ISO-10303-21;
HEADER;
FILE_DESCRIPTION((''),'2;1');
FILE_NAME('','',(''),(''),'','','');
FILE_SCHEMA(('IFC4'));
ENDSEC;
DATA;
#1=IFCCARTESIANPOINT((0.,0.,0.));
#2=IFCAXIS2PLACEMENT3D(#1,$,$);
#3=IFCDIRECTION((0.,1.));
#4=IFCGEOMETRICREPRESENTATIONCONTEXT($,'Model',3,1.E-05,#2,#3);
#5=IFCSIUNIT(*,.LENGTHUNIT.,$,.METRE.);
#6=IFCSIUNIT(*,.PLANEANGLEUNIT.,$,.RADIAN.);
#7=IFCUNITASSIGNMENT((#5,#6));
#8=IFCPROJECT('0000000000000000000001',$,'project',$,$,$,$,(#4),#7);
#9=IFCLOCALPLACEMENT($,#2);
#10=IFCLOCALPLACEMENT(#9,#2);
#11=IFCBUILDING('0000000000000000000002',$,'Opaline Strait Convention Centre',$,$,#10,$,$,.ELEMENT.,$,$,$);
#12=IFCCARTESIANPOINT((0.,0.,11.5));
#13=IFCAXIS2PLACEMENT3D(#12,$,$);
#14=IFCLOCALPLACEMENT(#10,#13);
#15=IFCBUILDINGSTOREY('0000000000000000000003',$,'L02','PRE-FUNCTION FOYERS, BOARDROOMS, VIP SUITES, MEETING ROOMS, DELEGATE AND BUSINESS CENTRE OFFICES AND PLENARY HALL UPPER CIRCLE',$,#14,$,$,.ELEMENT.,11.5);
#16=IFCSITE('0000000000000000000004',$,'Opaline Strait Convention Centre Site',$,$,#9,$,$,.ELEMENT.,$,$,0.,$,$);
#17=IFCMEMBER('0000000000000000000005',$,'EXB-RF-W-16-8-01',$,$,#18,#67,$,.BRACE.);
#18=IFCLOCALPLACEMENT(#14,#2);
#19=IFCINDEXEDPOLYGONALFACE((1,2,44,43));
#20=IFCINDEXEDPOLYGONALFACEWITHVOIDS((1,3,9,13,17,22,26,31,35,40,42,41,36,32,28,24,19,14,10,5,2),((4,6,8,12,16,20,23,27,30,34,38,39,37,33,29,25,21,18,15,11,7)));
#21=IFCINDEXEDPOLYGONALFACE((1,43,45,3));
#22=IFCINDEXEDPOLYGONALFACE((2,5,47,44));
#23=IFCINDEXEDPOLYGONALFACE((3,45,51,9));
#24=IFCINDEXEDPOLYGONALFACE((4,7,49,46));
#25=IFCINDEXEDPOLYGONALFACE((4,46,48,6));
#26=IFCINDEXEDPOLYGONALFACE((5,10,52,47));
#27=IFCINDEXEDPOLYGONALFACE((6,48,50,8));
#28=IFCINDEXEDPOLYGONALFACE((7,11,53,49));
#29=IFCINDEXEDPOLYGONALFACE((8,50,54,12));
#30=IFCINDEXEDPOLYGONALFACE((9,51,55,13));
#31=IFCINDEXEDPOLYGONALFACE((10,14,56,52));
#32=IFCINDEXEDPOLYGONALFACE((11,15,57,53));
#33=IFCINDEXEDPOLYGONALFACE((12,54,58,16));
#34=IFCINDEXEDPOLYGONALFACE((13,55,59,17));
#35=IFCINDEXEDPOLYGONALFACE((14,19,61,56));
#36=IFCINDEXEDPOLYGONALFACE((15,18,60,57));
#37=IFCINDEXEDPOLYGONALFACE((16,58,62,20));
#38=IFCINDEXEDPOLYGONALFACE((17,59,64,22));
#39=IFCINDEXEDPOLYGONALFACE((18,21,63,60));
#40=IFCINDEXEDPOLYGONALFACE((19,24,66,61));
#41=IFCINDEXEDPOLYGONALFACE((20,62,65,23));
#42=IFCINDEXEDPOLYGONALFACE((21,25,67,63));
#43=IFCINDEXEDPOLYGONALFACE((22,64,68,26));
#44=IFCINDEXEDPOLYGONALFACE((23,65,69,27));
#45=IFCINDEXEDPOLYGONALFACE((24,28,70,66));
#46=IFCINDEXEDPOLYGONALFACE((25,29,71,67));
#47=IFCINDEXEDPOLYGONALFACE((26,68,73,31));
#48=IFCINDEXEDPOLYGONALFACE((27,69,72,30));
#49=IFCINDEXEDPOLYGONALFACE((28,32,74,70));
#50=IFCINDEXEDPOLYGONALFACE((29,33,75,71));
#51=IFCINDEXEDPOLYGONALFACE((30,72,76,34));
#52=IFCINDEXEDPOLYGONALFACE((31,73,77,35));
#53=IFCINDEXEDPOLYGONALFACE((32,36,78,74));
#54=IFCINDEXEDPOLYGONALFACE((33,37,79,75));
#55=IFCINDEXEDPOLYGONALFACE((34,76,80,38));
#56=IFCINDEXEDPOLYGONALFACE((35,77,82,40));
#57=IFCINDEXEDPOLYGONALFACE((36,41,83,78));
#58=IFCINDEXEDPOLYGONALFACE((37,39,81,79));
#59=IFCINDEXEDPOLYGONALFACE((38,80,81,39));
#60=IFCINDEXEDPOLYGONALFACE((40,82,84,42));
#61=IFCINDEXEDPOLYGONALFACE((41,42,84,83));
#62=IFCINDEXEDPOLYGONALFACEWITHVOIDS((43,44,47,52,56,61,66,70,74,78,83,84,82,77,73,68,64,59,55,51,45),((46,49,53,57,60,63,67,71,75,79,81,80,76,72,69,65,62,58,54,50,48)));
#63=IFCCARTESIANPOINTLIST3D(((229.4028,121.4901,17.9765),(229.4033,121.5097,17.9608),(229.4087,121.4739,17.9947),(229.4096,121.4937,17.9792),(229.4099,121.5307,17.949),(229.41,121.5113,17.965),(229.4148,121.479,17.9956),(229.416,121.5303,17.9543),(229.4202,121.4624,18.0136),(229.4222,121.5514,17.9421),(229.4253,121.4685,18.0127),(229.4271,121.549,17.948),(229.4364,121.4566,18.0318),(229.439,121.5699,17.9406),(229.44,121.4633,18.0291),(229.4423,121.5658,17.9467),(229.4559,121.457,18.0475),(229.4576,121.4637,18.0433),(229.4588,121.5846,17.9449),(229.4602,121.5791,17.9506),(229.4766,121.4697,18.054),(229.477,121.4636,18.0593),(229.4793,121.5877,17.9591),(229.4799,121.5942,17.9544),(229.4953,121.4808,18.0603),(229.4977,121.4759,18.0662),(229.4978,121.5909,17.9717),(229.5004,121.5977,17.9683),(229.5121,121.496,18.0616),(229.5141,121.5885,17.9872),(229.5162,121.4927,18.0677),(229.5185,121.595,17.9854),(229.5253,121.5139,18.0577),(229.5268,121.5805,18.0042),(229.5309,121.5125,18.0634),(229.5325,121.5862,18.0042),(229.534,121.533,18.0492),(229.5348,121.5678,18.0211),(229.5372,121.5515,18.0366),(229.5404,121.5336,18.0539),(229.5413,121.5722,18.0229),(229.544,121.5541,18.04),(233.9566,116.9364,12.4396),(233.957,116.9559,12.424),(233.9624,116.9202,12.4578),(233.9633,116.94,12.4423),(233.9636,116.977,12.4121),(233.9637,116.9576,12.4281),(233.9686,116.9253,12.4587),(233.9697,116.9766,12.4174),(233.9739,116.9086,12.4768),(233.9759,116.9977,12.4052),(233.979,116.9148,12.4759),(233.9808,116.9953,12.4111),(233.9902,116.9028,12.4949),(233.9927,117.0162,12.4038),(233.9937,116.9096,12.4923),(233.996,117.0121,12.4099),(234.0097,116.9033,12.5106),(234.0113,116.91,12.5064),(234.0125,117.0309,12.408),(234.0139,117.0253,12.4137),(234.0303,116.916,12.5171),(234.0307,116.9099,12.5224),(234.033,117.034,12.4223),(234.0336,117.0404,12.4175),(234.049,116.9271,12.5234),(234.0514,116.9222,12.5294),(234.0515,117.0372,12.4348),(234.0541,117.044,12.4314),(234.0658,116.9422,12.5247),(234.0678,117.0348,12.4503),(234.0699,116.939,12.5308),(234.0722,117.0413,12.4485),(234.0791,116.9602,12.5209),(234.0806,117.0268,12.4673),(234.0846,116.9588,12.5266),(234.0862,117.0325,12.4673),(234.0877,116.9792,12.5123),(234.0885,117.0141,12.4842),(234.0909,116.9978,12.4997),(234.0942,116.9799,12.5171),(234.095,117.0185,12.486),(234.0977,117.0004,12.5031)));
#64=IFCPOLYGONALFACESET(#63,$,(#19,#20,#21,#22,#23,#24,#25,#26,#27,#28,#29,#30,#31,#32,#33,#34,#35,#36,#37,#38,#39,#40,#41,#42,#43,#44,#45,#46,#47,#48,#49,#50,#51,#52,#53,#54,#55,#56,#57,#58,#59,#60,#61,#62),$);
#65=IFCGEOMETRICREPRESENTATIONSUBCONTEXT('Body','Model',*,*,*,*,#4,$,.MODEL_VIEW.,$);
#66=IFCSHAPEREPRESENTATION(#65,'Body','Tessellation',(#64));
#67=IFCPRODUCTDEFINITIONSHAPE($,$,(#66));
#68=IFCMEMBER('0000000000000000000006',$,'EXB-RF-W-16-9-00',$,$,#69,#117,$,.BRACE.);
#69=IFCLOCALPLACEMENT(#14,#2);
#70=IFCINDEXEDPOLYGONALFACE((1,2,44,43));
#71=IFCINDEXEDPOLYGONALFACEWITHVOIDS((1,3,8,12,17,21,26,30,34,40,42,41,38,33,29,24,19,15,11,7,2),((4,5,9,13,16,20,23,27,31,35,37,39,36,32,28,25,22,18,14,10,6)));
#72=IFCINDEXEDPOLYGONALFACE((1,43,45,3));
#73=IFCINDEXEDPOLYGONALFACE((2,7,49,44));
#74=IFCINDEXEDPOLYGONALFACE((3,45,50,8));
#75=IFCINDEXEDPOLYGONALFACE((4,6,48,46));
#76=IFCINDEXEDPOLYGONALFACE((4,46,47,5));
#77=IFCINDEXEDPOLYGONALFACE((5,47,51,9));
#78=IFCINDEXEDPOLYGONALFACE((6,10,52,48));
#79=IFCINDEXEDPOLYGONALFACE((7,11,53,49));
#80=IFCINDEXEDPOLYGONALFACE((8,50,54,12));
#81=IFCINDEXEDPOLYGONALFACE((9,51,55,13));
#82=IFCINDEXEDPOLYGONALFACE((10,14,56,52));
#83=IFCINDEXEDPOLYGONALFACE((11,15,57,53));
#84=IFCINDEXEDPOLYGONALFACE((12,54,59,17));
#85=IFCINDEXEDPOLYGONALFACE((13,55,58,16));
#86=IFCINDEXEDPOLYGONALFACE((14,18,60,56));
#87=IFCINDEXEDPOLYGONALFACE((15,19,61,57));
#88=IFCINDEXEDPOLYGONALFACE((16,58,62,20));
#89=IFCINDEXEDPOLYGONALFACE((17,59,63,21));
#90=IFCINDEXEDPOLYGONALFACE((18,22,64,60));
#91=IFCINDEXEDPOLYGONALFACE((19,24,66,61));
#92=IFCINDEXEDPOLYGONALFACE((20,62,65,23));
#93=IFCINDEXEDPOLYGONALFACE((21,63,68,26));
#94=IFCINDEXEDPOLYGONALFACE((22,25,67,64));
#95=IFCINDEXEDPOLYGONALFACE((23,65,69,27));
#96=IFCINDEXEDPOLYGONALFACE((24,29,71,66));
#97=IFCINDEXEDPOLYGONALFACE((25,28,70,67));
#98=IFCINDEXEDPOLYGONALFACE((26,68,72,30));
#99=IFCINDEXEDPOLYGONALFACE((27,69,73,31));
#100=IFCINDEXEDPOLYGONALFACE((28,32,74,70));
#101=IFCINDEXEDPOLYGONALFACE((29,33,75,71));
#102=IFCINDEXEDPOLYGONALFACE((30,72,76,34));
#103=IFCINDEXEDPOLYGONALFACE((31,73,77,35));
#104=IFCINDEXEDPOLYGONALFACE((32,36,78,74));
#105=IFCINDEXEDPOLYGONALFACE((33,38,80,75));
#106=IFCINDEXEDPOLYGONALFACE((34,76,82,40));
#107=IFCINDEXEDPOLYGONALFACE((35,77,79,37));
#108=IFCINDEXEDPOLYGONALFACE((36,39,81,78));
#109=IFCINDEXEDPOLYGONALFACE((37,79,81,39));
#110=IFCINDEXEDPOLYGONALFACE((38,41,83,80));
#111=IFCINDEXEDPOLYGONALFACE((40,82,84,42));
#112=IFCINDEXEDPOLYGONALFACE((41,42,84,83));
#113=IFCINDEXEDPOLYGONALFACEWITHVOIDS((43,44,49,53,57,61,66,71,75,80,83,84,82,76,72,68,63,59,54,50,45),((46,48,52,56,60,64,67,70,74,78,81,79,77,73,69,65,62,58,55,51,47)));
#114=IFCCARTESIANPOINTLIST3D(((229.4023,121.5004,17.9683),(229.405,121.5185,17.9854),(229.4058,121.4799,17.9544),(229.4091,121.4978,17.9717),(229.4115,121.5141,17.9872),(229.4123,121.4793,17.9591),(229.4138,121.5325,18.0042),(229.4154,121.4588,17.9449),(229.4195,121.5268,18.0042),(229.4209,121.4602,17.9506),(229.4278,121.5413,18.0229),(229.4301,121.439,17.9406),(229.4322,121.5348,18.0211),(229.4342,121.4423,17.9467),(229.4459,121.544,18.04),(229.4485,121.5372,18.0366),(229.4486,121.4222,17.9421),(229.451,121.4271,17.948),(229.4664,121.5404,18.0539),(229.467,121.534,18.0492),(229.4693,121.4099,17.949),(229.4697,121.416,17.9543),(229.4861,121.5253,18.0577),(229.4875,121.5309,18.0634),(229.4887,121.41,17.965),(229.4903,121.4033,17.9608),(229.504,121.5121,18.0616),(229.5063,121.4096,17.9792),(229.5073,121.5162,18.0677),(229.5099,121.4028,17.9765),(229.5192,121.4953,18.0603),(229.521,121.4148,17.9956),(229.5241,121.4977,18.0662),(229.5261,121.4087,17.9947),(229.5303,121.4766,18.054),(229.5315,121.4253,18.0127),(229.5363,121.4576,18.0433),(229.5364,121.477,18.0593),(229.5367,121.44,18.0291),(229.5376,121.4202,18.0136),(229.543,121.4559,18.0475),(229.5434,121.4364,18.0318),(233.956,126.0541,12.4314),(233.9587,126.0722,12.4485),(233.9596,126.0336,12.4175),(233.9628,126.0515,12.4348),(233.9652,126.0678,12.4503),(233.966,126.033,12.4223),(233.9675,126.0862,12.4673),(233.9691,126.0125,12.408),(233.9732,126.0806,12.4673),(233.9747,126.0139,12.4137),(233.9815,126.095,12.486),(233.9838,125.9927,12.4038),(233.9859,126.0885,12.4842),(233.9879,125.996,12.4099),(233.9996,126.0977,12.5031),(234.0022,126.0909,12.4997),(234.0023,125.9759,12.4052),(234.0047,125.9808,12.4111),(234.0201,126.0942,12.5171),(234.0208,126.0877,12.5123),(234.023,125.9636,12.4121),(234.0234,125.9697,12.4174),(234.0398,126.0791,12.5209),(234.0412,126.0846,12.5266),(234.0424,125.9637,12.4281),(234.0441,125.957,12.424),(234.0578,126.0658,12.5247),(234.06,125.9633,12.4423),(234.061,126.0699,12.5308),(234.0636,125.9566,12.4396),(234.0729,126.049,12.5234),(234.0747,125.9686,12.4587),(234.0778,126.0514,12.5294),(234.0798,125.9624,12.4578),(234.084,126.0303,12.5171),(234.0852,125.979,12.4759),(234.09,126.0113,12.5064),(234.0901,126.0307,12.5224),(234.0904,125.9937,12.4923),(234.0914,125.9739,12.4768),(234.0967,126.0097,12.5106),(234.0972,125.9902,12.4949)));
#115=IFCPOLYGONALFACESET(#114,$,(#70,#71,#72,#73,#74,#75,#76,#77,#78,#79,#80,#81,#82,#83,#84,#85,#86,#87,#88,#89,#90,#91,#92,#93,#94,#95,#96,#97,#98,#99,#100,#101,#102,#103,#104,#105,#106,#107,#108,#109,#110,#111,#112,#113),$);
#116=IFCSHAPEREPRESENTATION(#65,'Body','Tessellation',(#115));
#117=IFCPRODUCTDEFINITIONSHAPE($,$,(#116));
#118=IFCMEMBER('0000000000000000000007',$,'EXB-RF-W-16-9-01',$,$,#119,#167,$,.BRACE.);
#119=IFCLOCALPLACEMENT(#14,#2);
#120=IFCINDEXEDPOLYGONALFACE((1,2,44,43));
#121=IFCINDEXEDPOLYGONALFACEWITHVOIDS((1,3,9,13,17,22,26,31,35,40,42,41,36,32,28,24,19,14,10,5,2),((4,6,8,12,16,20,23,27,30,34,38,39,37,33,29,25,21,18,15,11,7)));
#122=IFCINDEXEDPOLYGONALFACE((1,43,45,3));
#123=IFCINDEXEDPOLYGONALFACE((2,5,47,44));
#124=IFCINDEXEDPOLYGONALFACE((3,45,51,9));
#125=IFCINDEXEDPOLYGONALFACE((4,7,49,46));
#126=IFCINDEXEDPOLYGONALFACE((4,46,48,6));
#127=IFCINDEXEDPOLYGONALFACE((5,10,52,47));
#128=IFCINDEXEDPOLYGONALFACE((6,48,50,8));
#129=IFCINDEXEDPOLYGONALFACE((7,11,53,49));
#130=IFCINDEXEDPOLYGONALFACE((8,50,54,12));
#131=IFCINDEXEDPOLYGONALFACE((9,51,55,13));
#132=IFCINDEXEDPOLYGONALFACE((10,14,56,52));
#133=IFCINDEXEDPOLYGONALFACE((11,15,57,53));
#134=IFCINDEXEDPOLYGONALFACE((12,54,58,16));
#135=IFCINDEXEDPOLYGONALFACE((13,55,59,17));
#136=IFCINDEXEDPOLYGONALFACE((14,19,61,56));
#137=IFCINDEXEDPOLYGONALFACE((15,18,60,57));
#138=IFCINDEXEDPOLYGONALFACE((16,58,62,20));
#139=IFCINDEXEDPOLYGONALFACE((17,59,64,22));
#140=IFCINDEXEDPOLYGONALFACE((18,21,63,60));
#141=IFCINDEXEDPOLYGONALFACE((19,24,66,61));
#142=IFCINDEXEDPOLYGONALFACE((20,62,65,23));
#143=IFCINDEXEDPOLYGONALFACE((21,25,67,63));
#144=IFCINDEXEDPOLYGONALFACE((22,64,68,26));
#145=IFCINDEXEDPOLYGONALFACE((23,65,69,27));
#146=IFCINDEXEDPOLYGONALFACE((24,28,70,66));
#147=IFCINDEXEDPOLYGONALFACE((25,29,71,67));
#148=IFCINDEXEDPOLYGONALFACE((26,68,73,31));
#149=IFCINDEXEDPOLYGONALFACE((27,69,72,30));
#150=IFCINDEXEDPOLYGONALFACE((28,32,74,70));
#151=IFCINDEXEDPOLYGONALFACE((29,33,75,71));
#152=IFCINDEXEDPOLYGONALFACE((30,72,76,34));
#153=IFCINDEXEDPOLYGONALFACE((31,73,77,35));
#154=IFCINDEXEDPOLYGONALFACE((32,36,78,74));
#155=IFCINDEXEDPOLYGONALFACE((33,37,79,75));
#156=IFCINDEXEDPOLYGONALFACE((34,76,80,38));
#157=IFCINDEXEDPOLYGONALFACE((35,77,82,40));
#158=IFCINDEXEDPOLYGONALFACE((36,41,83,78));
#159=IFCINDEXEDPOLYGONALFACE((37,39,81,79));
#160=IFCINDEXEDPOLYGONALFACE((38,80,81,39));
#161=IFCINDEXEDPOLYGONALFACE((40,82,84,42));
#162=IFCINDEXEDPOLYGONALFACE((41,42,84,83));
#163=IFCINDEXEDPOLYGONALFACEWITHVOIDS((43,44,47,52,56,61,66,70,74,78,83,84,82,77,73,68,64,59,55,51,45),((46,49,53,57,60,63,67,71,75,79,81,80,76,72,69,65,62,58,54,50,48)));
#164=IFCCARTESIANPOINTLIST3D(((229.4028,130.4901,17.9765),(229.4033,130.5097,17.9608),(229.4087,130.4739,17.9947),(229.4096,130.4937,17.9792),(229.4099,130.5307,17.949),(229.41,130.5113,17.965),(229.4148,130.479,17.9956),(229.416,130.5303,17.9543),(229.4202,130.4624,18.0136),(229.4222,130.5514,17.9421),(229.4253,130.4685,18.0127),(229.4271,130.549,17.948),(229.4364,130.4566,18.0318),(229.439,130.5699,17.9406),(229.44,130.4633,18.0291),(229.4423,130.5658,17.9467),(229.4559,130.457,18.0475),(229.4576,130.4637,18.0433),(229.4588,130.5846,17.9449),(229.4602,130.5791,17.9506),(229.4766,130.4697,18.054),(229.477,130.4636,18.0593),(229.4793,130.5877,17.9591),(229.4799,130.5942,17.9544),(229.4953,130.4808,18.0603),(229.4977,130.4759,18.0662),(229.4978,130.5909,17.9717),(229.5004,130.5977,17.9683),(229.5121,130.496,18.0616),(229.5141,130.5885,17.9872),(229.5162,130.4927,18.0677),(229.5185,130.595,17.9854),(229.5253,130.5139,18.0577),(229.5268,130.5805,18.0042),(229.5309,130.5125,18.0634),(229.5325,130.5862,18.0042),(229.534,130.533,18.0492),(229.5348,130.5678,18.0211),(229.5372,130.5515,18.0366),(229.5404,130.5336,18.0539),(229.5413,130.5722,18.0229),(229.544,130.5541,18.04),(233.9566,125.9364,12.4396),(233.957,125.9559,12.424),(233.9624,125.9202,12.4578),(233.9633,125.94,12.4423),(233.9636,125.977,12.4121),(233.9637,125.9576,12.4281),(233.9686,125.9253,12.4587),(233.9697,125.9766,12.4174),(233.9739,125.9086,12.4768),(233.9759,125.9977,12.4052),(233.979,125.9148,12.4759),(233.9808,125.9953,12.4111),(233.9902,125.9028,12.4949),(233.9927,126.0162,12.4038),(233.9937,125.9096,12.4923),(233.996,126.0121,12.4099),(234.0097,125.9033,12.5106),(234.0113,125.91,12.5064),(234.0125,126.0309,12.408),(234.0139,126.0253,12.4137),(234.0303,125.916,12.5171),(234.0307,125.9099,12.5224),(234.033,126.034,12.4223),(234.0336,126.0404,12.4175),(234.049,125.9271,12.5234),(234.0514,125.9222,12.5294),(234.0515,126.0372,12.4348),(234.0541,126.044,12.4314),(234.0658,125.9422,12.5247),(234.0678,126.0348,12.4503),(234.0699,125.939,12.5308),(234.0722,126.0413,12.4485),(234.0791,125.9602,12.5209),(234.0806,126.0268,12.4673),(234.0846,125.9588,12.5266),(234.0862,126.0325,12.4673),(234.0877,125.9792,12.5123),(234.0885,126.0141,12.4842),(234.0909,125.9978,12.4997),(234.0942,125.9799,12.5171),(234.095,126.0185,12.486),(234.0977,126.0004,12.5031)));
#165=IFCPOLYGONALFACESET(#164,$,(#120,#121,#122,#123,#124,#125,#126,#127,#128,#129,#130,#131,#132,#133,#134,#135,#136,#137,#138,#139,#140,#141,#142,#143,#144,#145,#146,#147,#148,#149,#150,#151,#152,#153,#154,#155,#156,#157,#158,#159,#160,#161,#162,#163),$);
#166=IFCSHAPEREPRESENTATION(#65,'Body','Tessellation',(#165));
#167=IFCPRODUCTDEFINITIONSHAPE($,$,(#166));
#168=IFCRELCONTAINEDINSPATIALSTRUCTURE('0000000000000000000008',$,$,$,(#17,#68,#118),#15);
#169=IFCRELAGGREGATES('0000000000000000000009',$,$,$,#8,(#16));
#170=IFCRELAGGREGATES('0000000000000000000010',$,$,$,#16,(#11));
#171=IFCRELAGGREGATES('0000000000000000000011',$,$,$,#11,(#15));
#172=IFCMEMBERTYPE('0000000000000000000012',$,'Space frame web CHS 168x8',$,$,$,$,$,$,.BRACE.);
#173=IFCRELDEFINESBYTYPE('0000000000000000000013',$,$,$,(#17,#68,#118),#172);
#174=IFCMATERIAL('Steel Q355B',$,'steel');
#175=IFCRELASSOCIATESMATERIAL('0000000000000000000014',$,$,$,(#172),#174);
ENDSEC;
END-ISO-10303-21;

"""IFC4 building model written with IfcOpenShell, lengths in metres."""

from ifc_helpers import new_model, si_unit, direction, frame, origin, origin_2d, place, context, subcontext, project, spatial, hollow_circle, extrude, material, material_profile, profile_set, type_object, element, save


model = new_model("IFC4")

# Units and contexts
model_context = context("Model", 3, precision=1e-05, world=origin(), true_north=direction((0.0, 1.0)))
body_context = subcontext(model_context, "Body", "Model", "MODEL_VIEW")
ifc_project = project(units=[si_unit("LENGTHUNIT", "METRE"), si_unit("PLANEANGLEUNIT", "RADIAN")], contexts=[model_context])

# Site, building, storey
site_placement = place(None, origin())
site = spatial("IfcSite", under=ifc_project, at=site_placement, Name="Opaline Strait Convention Centre Site", CompositionType="ELEMENT", RefElevation=0.0)
building_placement = place(site_placement, origin())
building = spatial("IfcBuilding", under=site, at=building_placement, Name="Opaline Strait Convention Centre", CompositionType="ELEMENT")
storey_placement = place(building_placement, frame((0.0, 0.0, 11.5)))
storey = spatial("IfcBuildingStorey", under=building, at=storey_placement, Name="L02", Description="PRE-FUNCTION FOYERS, BOARDROOMS, VIP SUITES, MEETING ROOMS, DELEGATE AND BUSINESS CENTRE OFFICES AND PLENARY HALL UPPER CIRCLE", CompositionType="ELEMENT", Elevation=11.5)

# Members
ifc_material = material(Name="Steel Q355B", Category="steel")
ifc_material_profile_1 = material_profile(ifc_material, hollow_circle(Radius=0.084, WallThickness=0.0081, at=origin_2d()), Name="CHS 168x8")
ifc_profile_set_1 = profile_set([ifc_material_profile_1], Name="Steel Q355B")
member_type_1 = type_object("IfcMemberType", Name="Space frame web CHS 168x8", PredefinedType="BRACE", material=ifc_profile_set_1)
for number, where, z_axis, x_axis, name in (
    (1, (229.4731, 121.5269, 18.0042), (0.536178, -0.536178, -0.65194), (0.707107, 0.707107, 0.0), "EXB-RF-W-16-8-01"),
    (2, (229.4731, 121.4731, 18.0042), (0.536178, 0.536178, -0.65194), (-0.707107, 0.707107, 0.0), "EXB-RF-W-16-9-00"),
    (3, (229.4731, 130.5269, 18.0042), (0.536178, -0.536178, -0.65194), (0.707107, 0.707107, 0.0), "EXB-RF-W-16-9-01"),
):
    element("IfcMember", number, at=place(storey_placement, frame(where, z_axis=z_axis, x_axis=x_axis)), inside=storey, type_object=member_type_1, Name=name, PredefinedType="BRACE", context=body_context, shape_type="SweptSolid", body=[
        extrude(hollow_circle(Radius=0.084, WallThickness=0.0081, at=origin_2d()), origin(), (0.0, 0.0, 1.0), 8.4929),
    ])

save(model, "model.ifc")
